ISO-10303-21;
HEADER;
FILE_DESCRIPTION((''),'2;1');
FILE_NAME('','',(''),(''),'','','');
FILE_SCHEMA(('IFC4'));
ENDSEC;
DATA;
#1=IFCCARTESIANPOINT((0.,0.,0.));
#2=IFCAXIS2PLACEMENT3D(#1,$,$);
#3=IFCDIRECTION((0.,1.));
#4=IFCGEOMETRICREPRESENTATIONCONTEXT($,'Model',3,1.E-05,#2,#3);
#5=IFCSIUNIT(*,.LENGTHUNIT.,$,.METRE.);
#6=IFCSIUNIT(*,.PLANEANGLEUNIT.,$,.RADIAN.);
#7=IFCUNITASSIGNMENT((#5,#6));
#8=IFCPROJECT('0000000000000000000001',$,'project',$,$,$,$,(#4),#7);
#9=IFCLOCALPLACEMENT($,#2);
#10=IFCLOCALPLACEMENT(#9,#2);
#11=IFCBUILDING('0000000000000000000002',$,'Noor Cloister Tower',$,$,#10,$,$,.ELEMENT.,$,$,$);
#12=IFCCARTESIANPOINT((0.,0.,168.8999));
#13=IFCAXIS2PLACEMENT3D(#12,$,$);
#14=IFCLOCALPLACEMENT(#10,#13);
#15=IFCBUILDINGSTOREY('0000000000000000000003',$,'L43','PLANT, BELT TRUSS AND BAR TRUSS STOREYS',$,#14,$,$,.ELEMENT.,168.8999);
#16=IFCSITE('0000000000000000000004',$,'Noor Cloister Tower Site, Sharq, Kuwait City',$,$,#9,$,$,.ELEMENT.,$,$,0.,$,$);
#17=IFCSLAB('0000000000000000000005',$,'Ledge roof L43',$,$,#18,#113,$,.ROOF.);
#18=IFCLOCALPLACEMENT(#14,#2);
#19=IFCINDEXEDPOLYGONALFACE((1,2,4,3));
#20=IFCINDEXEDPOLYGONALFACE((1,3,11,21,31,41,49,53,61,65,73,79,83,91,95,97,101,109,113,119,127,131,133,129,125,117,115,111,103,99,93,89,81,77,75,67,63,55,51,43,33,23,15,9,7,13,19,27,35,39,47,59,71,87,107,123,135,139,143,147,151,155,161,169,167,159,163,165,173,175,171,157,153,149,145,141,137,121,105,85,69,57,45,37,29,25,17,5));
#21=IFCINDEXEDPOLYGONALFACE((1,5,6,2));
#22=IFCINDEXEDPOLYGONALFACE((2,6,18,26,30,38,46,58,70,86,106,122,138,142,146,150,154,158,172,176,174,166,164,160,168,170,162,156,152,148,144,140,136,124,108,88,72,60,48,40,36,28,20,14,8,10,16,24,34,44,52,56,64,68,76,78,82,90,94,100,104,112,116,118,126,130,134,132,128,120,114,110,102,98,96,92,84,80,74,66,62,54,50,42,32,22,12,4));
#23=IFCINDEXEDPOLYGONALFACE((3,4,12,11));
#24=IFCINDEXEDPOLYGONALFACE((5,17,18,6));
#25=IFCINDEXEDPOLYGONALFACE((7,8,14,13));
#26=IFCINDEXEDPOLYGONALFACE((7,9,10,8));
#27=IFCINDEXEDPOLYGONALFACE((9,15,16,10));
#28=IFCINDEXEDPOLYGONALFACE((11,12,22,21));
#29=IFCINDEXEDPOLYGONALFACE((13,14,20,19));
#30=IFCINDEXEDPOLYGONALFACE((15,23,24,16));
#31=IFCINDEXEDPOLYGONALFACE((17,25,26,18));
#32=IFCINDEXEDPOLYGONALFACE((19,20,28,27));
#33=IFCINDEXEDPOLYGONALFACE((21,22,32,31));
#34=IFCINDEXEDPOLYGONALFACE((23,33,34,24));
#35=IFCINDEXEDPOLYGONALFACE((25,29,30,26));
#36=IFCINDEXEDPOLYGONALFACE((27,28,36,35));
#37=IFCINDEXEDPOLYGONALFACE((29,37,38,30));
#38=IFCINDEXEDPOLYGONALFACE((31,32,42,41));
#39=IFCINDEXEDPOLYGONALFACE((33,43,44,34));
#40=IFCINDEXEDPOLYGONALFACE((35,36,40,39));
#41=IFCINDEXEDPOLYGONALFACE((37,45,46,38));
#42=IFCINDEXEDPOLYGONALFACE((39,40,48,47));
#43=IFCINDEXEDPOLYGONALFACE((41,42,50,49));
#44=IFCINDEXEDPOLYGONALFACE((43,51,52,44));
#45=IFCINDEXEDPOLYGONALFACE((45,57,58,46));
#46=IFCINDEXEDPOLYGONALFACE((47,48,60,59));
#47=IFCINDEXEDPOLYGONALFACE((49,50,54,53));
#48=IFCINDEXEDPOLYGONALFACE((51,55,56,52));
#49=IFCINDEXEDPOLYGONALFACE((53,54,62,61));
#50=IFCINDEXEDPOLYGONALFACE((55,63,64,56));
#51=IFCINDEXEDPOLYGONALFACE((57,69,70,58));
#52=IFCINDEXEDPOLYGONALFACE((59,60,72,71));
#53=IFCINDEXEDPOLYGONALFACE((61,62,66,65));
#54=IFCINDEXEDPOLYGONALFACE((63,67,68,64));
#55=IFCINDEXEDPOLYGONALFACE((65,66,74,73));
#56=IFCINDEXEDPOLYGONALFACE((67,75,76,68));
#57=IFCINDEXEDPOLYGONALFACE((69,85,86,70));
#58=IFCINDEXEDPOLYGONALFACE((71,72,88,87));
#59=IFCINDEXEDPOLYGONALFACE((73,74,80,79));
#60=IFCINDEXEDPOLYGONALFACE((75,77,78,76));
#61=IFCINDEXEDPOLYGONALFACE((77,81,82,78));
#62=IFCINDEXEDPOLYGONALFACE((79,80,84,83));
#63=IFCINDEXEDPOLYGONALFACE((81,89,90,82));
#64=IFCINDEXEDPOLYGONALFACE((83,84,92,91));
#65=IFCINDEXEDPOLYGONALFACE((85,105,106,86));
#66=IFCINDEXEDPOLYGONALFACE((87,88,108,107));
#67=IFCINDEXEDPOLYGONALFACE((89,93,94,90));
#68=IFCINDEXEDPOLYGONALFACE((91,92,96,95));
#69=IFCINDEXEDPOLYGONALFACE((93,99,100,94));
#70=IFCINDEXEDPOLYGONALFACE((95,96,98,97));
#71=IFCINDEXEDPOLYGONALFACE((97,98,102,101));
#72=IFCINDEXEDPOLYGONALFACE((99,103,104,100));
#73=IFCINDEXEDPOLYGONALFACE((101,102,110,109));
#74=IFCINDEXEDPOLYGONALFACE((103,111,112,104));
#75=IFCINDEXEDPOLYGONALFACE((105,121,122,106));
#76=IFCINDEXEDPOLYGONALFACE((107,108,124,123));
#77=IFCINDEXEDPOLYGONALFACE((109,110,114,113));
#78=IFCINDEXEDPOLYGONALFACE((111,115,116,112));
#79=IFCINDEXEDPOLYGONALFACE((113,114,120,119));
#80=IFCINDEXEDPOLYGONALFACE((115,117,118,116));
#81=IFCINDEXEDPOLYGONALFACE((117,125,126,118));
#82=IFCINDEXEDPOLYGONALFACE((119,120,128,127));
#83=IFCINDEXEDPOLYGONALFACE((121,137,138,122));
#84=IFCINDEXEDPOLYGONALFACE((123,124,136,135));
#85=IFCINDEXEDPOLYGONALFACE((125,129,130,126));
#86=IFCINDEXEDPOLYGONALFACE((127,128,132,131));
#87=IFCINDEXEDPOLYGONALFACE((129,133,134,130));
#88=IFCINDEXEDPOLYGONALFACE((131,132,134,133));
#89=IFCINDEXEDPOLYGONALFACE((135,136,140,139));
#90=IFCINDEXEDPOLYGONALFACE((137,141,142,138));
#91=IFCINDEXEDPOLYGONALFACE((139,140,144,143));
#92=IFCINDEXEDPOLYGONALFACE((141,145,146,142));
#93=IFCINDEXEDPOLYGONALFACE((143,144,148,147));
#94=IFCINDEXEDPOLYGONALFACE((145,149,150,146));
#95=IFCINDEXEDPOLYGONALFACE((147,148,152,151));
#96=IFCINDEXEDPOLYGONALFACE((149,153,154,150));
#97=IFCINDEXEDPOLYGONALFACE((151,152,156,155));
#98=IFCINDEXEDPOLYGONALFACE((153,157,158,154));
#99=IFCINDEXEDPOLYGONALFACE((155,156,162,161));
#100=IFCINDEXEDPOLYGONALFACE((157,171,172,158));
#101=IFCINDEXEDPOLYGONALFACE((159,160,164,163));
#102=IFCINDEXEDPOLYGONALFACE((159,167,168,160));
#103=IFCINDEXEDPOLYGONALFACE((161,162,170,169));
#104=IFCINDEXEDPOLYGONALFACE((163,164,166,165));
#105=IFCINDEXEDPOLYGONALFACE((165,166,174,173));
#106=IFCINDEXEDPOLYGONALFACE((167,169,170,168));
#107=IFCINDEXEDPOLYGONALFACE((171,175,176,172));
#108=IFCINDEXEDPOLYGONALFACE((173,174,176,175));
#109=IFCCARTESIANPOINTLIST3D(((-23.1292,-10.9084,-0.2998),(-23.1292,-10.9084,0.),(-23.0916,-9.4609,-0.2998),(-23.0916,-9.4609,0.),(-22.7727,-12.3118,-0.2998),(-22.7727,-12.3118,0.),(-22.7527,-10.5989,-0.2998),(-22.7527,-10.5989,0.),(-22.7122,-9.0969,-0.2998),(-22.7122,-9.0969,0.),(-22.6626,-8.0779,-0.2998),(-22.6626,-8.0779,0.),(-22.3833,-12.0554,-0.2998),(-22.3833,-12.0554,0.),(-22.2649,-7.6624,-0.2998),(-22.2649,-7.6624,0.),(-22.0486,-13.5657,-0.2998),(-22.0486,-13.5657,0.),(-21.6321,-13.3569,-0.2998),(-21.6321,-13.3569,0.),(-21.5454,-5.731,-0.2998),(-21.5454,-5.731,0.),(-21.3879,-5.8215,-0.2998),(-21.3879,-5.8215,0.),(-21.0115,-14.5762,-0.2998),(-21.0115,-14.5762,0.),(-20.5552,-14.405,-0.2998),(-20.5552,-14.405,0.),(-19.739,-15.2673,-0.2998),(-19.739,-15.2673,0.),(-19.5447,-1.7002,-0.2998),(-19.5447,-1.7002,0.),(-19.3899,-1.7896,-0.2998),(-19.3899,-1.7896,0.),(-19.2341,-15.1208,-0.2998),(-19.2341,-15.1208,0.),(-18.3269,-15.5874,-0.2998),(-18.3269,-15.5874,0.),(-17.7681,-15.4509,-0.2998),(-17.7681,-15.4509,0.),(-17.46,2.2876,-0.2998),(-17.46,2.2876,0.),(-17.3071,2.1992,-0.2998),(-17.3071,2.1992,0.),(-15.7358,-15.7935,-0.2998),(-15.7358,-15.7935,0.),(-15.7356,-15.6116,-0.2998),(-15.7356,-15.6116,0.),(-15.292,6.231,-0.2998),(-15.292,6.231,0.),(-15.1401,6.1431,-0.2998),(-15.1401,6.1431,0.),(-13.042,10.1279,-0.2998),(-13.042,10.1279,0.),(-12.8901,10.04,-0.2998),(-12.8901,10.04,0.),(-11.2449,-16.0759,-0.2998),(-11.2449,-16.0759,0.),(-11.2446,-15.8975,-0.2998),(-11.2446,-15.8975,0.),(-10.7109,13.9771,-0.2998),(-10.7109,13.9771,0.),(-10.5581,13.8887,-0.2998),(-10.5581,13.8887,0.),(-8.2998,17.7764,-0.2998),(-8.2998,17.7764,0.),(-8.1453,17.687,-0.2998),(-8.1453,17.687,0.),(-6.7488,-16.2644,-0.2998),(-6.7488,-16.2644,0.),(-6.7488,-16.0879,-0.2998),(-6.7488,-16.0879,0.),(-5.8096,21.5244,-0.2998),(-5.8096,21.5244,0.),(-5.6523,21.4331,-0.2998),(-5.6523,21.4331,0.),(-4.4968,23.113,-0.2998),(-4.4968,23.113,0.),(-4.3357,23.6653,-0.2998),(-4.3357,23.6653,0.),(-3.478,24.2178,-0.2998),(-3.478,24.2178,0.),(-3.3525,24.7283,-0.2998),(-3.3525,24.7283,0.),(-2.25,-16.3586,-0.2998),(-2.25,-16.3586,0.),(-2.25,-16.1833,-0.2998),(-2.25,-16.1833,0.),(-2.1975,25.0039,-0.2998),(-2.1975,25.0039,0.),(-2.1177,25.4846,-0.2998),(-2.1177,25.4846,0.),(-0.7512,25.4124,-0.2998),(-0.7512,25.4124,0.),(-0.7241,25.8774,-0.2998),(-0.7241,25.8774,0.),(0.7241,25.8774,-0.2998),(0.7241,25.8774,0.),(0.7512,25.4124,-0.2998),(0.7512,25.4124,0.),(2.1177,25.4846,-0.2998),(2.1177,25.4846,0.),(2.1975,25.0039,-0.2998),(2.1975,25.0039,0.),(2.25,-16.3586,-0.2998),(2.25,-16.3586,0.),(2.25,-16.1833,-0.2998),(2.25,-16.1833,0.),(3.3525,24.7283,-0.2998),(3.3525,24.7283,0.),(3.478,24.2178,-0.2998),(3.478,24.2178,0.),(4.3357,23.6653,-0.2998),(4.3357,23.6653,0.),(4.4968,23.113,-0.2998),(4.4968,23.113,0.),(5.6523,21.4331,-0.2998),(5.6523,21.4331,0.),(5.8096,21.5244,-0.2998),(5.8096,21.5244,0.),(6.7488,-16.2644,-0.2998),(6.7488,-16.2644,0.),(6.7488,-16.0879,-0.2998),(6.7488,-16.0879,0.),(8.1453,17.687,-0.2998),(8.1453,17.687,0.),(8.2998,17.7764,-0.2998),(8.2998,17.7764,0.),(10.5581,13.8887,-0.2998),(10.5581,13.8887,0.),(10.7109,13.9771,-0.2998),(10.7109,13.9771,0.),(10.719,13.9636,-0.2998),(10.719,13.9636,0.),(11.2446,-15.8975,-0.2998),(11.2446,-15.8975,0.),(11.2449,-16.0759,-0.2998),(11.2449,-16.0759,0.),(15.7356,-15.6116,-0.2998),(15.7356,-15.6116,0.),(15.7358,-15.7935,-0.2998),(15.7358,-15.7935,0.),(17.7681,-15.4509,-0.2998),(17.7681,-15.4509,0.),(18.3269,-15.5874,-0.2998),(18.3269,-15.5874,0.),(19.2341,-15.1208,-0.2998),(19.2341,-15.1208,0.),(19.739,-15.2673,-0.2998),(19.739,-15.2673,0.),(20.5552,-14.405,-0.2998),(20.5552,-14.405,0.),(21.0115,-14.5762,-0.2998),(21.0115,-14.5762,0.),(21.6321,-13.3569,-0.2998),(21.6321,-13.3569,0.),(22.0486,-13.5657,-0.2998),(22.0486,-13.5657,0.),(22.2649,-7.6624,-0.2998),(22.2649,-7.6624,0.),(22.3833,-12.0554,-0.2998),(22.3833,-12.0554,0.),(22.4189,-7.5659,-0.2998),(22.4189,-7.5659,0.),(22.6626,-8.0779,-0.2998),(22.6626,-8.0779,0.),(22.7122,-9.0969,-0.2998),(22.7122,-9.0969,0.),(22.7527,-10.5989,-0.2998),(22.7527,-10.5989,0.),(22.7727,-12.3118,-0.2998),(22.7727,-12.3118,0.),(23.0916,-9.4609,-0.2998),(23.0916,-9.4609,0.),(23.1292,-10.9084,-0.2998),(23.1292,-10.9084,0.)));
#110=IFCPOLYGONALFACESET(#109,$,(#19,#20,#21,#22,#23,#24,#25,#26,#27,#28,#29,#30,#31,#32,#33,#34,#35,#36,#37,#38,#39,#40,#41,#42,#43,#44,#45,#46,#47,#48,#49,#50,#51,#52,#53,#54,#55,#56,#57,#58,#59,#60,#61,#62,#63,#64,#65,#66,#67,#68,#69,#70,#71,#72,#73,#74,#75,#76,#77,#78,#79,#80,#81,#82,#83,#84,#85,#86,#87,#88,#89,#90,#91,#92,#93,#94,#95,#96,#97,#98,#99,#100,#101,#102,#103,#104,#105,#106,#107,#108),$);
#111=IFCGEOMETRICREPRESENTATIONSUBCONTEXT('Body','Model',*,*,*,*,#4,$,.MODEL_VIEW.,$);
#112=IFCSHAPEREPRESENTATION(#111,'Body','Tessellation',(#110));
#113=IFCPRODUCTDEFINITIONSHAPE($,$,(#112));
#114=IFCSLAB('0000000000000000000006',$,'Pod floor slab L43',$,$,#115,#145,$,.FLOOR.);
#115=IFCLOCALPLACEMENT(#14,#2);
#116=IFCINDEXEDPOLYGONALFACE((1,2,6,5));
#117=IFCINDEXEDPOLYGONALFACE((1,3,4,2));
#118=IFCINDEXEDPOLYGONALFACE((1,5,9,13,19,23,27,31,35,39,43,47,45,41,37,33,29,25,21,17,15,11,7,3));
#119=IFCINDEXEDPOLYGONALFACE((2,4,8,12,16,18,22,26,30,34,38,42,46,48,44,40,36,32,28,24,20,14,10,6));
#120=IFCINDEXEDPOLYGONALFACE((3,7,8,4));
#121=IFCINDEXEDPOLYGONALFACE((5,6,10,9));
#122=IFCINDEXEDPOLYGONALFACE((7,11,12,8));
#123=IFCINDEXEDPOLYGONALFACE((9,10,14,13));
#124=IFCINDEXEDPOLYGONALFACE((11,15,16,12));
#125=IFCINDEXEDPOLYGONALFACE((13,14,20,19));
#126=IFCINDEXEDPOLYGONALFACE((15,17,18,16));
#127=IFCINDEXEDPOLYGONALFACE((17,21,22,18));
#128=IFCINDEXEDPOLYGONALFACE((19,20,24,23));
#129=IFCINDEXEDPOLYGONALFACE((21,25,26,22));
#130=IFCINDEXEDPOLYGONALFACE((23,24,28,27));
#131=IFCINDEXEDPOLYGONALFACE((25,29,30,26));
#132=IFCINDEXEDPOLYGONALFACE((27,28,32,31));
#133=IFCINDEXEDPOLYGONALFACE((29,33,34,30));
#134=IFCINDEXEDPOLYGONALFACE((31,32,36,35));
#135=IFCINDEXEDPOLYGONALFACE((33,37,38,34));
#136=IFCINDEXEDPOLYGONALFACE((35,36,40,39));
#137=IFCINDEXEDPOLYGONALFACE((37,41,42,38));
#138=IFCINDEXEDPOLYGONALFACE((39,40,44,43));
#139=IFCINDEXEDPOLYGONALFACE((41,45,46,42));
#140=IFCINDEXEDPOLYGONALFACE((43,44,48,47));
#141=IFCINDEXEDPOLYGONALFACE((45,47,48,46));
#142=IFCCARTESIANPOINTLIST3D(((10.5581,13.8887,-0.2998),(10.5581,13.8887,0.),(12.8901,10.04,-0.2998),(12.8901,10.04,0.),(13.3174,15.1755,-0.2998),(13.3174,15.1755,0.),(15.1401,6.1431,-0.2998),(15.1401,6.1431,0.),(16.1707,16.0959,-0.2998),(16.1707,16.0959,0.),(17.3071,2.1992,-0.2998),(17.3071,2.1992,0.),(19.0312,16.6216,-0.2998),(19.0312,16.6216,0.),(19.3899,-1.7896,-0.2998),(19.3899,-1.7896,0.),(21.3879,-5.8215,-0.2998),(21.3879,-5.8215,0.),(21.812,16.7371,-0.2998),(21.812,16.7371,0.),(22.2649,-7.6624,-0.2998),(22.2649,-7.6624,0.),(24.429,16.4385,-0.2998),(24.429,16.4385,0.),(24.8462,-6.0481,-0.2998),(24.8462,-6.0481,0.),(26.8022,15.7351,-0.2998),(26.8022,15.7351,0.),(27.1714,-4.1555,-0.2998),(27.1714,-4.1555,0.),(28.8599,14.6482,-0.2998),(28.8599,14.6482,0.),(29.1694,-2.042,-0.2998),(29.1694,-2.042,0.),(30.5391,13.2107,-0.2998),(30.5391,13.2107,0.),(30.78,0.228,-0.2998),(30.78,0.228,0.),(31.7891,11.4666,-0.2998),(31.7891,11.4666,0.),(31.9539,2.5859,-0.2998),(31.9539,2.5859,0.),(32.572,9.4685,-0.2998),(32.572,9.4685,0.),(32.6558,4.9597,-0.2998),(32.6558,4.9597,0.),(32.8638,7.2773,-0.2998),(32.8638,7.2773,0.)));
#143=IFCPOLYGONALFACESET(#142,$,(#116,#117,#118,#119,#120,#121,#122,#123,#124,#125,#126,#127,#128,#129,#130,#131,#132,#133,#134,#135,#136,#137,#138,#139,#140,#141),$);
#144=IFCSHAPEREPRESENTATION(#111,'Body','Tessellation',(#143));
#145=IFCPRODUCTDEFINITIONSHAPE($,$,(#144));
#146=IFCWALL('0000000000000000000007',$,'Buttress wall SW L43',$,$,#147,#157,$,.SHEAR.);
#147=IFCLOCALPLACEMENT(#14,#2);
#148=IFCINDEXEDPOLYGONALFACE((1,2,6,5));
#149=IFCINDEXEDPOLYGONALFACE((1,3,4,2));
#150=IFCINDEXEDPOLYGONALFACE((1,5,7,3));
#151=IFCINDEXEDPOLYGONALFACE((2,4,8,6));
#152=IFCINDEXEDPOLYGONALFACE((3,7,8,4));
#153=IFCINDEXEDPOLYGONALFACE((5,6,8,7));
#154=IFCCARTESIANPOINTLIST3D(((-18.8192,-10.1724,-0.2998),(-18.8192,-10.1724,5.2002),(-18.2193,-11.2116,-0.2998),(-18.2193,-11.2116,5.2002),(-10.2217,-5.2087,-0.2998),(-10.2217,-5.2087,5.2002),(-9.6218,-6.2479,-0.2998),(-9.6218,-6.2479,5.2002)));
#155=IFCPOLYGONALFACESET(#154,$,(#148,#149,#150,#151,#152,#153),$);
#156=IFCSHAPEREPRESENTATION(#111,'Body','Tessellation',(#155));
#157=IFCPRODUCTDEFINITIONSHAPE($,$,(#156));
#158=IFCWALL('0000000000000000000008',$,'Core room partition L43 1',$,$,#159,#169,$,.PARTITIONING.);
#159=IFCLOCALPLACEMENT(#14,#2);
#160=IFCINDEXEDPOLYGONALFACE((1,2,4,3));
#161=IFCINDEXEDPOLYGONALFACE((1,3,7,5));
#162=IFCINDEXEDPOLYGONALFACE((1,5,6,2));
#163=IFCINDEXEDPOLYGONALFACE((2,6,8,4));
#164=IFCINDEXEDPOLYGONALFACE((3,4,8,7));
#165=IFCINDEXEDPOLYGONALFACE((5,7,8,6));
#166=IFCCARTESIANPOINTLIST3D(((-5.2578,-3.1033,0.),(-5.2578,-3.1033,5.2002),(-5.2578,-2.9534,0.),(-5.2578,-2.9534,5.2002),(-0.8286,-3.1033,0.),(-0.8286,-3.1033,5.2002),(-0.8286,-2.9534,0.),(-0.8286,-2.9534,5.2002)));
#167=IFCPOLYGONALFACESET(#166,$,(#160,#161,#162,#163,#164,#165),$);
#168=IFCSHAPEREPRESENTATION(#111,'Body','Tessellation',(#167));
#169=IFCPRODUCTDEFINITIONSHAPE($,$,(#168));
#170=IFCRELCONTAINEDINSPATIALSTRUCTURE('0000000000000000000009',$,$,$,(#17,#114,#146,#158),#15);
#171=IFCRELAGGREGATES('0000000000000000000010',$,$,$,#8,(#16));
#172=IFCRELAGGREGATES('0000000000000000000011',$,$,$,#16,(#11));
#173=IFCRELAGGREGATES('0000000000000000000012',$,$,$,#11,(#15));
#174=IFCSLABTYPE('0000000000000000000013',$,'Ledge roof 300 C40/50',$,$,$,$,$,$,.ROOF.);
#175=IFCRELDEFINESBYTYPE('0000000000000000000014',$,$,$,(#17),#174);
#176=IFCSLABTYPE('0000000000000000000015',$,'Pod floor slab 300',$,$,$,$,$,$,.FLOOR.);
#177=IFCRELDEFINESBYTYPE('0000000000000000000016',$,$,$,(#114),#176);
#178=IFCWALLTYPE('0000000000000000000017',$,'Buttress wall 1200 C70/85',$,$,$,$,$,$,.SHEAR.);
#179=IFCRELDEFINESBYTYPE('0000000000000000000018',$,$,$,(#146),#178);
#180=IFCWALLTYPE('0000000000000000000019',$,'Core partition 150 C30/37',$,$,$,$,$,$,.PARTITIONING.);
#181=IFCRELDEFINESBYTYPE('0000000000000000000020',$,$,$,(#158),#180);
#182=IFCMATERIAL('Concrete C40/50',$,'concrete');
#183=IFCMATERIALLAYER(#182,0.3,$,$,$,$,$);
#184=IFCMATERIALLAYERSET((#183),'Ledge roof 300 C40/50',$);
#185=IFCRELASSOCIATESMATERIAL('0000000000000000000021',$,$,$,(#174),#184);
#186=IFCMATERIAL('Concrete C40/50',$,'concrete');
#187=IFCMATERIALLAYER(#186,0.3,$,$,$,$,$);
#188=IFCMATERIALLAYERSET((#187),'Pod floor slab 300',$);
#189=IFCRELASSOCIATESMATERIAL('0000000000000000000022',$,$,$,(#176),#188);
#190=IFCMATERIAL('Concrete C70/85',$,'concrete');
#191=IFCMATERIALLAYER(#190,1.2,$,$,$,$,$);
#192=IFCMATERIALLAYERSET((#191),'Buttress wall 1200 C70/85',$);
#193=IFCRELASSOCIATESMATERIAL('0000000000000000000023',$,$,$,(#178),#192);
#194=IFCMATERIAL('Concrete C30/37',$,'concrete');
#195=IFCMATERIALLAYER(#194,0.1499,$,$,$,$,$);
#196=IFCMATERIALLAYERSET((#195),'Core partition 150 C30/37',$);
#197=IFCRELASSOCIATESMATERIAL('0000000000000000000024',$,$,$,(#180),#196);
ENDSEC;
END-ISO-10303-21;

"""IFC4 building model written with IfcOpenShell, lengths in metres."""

from ifc_helpers import new_model, si_unit, direction, frame, frame_2d, origin, place, context, subcontext, project, spatial, polyline, rectangle, outline, extrude, material, layer, layer_set, type_object, element, save


model = new_model("IFC4")

# Units and contexts
model_context = context("Model", 3, precision=1e-05, world=origin(), true_north=direction((0.0, 1.0)))
body_context = subcontext(model_context, "Body", "Model", "MODEL_VIEW")
ifc_project = project(units=[si_unit("LENGTHUNIT", "METRE"), si_unit("PLANEANGLEUNIT", "RADIAN")], contexts=[model_context])

# Site, building, storey
site_placement = place(None, origin())
site = spatial("IfcSite", under=ifc_project, at=site_placement, Name="Noor Cloister Tower Site, Sharq, Kuwait City", CompositionType="ELEMENT", RefElevation=0.0)
building_placement = place(site_placement, origin())
building = spatial("IfcBuilding", under=site, at=building_placement, Name="Noor Cloister Tower", CompositionType="ELEMENT")
storey_placement = place(building_placement, frame((0.0, 0.0, 168.8999)))
storey = spatial("IfcBuildingStorey", under=building, at=storey_placement, Name="L43", Description="PLANT, BELT TRUSS AND BAR TRUSS STOREYS", CompositionType="ELEMENT", Elevation=168.8999)

# Slabs
ifc_material_1 = material(Name="Concrete C40/50", Category="concrete")
ifc_layer_1 = layer(ifc_material_1, 0.3)
ifc_layer_set_1 = layer_set([ifc_layer_1], Name="Ledge roof 300 C40/50")
slab_type_1 = type_object("IfcSlabType", Name="Ledge roof 300 C40/50", PredefinedType="ROOF", material=ifc_layer_set_1)
slab_1_placement = place(storey_placement, frame((0.0, 0.0, -0.2998)))
element("IfcSlab", 1, at=slab_1_placement, inside=storey, type_object=slab_type_1, Name="Ledge roof L43", PredefinedType="ROOF", context=body_context, shape_type="SweptSolid", body=[
    extrude(outline(polyline([(8.2998, 17.7764), (5.8096, 21.5244), (4.3357, 23.6653), (3.3525, 24.7283), (2.1177, 25.4846), (0.7241, 25.8774), (-0.7241, 25.8774), (-2.1177, 25.4846), (-3.3525, 24.7283), (-4.3357, 23.6653), (-5.8096, 21.5244), (-8.2998, 17.7764), (-10.7109, 13.9771), (-13.042, 10.1279), (-15.292, 6.231), (-17.46, 2.2876), (-19.5447, -1.7002), (-21.5454, -5.731), (-22.6626, -8.0779), (-23.0916, -9.4609), (-23.1292, -10.9084), (-22.7727, -12.3118), (-22.0486, -13.5657), (-21.0115, -14.5762), (-19.739, -15.2673), (-18.3269, -15.5874), (-15.7358, -15.7935), (-11.2449, -16.0759), (-6.7488, -16.2644), (-2.25, -16.3586), (2.25, -16.3586), (6.7488, -16.2644), (11.2449, -16.0759), (15.7358, -15.7935), (18.3269, -15.5874), (19.739, -15.2673), (21.0115, -14.5762), (22.0486, -13.5657), (22.7727, -12.3118), (23.1292, -10.9084), (23.0916, -9.4609), (22.6626, -8.0779), (22.4189, -7.5659), (22.2649, -7.6624), (22.7122, -9.0969), (22.7527, -10.5989), (22.3833, -12.0554), (21.6321, -13.3569), (20.5552, -14.405), (19.2341, -15.1208), (17.7681, -15.4509), (15.7356, -15.6116), (11.2446, -15.8975), (6.7488, -16.0879), (2.25, -16.1833), (-2.25, -16.1833), (-6.7488, -16.0879), (-11.2446, -15.8975), (-15.7356, -15.6116), (-17.7681, -15.4509), (-19.2341, -15.1208), (-20.5552, -14.405), (-21.6321, -13.3569), (-22.3833, -12.0554), (-22.7527, -10.5989), (-22.7122, -9.0969), (-22.2649, -7.6624), (-21.3879, -5.8215), (-19.3899, -1.7896), (-17.3071, 2.1992), (-15.1401, 6.1431), (-12.8901, 10.04), (-10.5581, 13.8887), (-8.1453, 17.687), (-5.6523, 21.4331), (-4.4968, 23.113), (-3.478, 24.2178), (-2.1975, 25.0039), (-0.7512, 25.4124), (0.7512, 25.4124), (2.1975, 25.0039), (3.478, 24.2178), (4.4968, 23.113), (5.6523, 21.4331), (8.1453, 17.687), (10.5581, 13.8887), (10.719, 13.9636), (10.7109, 13.9771), (8.2998, 17.7764)])), origin(), (0.0, 0.0, 1.0), 0.2998),
])
ifc_material_2 = material(Name="Concrete C40/50", Category="concrete")
ifc_layer_2 = layer(ifc_material_2, 0.3)
ifc_layer_set_2 = layer_set([ifc_layer_2], Name="Pod floor slab 300")
slab_type_2 = type_object("IfcSlabType", Name="Pod floor slab 300", PredefinedType="FLOOR", material=ifc_layer_set_2)
slab_2_placement = place(storey_placement, frame((0.0, 0.0, -0.2998)))
element("IfcSlab", 2, at=slab_2_placement, inside=storey, type_object=slab_type_2, Name="Pod floor slab L43", PredefinedType="FLOOR", context=body_context, shape_type="SweptSolid", body=[
    extrude(outline(polyline([(22.2649, -7.6624), (24.8462, -6.0481), (27.1714, -4.1555), (29.1694, -2.042), (30.78, 0.228), (31.9539, 2.5859), (32.6558, 4.9597), (32.8638, 7.2773), (32.572, 9.4685), (31.7891, 11.4666), (30.5391, 13.2107), (28.8599, 14.6482), (26.8022, 15.7351), (24.429, 16.4385), (21.812, 16.7371), (19.0312, 16.6216), (16.1707, 16.0959), (13.3174, 15.1755), (10.5581, 13.8887), (12.8901, 10.04), (15.1401, 6.1431), (17.3071, 2.1992), (19.3899, -1.7896), (21.3879, -5.8215), (22.2649, -7.6624)])), origin(), (0.0, 0.0, 1.0), 0.2998),
])

# Walls
ifc_material_3 = material(Name="Concrete C70/85", Category="concrete")
ifc_layer_3 = layer(ifc_material_3, 1.2)
ifc_layer_set_3 = layer_set([ifc_layer_3], Name="Buttress wall 1200 C70/85")
wall_type_1 = type_object("IfcWallType", Name="Buttress wall 1200 C70/85", PredefinedType="SHEAR", material=ifc_layer_set_3)
wall_1_placement = place(storey_placement, frame((-9.9216, -5.7283, -0.2998), z_axis=(0.0, 0.0, 1.0), x_axis=(-0.86603, -0.499993, 0.0)))
element("IfcWall", 3, at=wall_1_placement, inside=storey, type_object=wall_type_1, Name="Buttress wall SW L43", PredefinedType="SHEAR", context=body_context, shape_type="SweptSolid", body=[
    extrude(rectangle(XDim=9.9275, YDim=1.2, at=frame_2d((4.9639, 0.0))), origin(), (0.0, 0.0, 1.0), 5.5),
])
ifc_material_4 = material(Name="Concrete C30/37", Category="concrete")
ifc_layer_4 = layer(ifc_material_4, 0.1499)
ifc_layer_set_4 = layer_set([ifc_layer_4], Name="Core partition 150 C30/37")
wall_type_2 = type_object("IfcWallType", Name="Core partition 150 C30/37", PredefinedType="PARTITIONING", material=ifc_layer_set_4)
wall_2_placement = place(storey_placement, frame((-5.2578, -3.0283, 0.0), z_axis=(0.0, 0.0, 1.0), x_axis=(1.0, 0.0, 0.0)))
element("IfcWall", 4, at=wall_2_placement, inside=storey, type_object=wall_type_2, Name="Core room partition L43 1", PredefinedType="PARTITIONING", context=body_context, shape_type="SweptSolid", body=[
    extrude(rectangle(XDim=4.4292, YDim=0.1499, at=frame_2d((2.2146, 0.0))), origin(), (0.0, 0.0, 1.0), 5.2002),
])

save(model, "model.ifc")
